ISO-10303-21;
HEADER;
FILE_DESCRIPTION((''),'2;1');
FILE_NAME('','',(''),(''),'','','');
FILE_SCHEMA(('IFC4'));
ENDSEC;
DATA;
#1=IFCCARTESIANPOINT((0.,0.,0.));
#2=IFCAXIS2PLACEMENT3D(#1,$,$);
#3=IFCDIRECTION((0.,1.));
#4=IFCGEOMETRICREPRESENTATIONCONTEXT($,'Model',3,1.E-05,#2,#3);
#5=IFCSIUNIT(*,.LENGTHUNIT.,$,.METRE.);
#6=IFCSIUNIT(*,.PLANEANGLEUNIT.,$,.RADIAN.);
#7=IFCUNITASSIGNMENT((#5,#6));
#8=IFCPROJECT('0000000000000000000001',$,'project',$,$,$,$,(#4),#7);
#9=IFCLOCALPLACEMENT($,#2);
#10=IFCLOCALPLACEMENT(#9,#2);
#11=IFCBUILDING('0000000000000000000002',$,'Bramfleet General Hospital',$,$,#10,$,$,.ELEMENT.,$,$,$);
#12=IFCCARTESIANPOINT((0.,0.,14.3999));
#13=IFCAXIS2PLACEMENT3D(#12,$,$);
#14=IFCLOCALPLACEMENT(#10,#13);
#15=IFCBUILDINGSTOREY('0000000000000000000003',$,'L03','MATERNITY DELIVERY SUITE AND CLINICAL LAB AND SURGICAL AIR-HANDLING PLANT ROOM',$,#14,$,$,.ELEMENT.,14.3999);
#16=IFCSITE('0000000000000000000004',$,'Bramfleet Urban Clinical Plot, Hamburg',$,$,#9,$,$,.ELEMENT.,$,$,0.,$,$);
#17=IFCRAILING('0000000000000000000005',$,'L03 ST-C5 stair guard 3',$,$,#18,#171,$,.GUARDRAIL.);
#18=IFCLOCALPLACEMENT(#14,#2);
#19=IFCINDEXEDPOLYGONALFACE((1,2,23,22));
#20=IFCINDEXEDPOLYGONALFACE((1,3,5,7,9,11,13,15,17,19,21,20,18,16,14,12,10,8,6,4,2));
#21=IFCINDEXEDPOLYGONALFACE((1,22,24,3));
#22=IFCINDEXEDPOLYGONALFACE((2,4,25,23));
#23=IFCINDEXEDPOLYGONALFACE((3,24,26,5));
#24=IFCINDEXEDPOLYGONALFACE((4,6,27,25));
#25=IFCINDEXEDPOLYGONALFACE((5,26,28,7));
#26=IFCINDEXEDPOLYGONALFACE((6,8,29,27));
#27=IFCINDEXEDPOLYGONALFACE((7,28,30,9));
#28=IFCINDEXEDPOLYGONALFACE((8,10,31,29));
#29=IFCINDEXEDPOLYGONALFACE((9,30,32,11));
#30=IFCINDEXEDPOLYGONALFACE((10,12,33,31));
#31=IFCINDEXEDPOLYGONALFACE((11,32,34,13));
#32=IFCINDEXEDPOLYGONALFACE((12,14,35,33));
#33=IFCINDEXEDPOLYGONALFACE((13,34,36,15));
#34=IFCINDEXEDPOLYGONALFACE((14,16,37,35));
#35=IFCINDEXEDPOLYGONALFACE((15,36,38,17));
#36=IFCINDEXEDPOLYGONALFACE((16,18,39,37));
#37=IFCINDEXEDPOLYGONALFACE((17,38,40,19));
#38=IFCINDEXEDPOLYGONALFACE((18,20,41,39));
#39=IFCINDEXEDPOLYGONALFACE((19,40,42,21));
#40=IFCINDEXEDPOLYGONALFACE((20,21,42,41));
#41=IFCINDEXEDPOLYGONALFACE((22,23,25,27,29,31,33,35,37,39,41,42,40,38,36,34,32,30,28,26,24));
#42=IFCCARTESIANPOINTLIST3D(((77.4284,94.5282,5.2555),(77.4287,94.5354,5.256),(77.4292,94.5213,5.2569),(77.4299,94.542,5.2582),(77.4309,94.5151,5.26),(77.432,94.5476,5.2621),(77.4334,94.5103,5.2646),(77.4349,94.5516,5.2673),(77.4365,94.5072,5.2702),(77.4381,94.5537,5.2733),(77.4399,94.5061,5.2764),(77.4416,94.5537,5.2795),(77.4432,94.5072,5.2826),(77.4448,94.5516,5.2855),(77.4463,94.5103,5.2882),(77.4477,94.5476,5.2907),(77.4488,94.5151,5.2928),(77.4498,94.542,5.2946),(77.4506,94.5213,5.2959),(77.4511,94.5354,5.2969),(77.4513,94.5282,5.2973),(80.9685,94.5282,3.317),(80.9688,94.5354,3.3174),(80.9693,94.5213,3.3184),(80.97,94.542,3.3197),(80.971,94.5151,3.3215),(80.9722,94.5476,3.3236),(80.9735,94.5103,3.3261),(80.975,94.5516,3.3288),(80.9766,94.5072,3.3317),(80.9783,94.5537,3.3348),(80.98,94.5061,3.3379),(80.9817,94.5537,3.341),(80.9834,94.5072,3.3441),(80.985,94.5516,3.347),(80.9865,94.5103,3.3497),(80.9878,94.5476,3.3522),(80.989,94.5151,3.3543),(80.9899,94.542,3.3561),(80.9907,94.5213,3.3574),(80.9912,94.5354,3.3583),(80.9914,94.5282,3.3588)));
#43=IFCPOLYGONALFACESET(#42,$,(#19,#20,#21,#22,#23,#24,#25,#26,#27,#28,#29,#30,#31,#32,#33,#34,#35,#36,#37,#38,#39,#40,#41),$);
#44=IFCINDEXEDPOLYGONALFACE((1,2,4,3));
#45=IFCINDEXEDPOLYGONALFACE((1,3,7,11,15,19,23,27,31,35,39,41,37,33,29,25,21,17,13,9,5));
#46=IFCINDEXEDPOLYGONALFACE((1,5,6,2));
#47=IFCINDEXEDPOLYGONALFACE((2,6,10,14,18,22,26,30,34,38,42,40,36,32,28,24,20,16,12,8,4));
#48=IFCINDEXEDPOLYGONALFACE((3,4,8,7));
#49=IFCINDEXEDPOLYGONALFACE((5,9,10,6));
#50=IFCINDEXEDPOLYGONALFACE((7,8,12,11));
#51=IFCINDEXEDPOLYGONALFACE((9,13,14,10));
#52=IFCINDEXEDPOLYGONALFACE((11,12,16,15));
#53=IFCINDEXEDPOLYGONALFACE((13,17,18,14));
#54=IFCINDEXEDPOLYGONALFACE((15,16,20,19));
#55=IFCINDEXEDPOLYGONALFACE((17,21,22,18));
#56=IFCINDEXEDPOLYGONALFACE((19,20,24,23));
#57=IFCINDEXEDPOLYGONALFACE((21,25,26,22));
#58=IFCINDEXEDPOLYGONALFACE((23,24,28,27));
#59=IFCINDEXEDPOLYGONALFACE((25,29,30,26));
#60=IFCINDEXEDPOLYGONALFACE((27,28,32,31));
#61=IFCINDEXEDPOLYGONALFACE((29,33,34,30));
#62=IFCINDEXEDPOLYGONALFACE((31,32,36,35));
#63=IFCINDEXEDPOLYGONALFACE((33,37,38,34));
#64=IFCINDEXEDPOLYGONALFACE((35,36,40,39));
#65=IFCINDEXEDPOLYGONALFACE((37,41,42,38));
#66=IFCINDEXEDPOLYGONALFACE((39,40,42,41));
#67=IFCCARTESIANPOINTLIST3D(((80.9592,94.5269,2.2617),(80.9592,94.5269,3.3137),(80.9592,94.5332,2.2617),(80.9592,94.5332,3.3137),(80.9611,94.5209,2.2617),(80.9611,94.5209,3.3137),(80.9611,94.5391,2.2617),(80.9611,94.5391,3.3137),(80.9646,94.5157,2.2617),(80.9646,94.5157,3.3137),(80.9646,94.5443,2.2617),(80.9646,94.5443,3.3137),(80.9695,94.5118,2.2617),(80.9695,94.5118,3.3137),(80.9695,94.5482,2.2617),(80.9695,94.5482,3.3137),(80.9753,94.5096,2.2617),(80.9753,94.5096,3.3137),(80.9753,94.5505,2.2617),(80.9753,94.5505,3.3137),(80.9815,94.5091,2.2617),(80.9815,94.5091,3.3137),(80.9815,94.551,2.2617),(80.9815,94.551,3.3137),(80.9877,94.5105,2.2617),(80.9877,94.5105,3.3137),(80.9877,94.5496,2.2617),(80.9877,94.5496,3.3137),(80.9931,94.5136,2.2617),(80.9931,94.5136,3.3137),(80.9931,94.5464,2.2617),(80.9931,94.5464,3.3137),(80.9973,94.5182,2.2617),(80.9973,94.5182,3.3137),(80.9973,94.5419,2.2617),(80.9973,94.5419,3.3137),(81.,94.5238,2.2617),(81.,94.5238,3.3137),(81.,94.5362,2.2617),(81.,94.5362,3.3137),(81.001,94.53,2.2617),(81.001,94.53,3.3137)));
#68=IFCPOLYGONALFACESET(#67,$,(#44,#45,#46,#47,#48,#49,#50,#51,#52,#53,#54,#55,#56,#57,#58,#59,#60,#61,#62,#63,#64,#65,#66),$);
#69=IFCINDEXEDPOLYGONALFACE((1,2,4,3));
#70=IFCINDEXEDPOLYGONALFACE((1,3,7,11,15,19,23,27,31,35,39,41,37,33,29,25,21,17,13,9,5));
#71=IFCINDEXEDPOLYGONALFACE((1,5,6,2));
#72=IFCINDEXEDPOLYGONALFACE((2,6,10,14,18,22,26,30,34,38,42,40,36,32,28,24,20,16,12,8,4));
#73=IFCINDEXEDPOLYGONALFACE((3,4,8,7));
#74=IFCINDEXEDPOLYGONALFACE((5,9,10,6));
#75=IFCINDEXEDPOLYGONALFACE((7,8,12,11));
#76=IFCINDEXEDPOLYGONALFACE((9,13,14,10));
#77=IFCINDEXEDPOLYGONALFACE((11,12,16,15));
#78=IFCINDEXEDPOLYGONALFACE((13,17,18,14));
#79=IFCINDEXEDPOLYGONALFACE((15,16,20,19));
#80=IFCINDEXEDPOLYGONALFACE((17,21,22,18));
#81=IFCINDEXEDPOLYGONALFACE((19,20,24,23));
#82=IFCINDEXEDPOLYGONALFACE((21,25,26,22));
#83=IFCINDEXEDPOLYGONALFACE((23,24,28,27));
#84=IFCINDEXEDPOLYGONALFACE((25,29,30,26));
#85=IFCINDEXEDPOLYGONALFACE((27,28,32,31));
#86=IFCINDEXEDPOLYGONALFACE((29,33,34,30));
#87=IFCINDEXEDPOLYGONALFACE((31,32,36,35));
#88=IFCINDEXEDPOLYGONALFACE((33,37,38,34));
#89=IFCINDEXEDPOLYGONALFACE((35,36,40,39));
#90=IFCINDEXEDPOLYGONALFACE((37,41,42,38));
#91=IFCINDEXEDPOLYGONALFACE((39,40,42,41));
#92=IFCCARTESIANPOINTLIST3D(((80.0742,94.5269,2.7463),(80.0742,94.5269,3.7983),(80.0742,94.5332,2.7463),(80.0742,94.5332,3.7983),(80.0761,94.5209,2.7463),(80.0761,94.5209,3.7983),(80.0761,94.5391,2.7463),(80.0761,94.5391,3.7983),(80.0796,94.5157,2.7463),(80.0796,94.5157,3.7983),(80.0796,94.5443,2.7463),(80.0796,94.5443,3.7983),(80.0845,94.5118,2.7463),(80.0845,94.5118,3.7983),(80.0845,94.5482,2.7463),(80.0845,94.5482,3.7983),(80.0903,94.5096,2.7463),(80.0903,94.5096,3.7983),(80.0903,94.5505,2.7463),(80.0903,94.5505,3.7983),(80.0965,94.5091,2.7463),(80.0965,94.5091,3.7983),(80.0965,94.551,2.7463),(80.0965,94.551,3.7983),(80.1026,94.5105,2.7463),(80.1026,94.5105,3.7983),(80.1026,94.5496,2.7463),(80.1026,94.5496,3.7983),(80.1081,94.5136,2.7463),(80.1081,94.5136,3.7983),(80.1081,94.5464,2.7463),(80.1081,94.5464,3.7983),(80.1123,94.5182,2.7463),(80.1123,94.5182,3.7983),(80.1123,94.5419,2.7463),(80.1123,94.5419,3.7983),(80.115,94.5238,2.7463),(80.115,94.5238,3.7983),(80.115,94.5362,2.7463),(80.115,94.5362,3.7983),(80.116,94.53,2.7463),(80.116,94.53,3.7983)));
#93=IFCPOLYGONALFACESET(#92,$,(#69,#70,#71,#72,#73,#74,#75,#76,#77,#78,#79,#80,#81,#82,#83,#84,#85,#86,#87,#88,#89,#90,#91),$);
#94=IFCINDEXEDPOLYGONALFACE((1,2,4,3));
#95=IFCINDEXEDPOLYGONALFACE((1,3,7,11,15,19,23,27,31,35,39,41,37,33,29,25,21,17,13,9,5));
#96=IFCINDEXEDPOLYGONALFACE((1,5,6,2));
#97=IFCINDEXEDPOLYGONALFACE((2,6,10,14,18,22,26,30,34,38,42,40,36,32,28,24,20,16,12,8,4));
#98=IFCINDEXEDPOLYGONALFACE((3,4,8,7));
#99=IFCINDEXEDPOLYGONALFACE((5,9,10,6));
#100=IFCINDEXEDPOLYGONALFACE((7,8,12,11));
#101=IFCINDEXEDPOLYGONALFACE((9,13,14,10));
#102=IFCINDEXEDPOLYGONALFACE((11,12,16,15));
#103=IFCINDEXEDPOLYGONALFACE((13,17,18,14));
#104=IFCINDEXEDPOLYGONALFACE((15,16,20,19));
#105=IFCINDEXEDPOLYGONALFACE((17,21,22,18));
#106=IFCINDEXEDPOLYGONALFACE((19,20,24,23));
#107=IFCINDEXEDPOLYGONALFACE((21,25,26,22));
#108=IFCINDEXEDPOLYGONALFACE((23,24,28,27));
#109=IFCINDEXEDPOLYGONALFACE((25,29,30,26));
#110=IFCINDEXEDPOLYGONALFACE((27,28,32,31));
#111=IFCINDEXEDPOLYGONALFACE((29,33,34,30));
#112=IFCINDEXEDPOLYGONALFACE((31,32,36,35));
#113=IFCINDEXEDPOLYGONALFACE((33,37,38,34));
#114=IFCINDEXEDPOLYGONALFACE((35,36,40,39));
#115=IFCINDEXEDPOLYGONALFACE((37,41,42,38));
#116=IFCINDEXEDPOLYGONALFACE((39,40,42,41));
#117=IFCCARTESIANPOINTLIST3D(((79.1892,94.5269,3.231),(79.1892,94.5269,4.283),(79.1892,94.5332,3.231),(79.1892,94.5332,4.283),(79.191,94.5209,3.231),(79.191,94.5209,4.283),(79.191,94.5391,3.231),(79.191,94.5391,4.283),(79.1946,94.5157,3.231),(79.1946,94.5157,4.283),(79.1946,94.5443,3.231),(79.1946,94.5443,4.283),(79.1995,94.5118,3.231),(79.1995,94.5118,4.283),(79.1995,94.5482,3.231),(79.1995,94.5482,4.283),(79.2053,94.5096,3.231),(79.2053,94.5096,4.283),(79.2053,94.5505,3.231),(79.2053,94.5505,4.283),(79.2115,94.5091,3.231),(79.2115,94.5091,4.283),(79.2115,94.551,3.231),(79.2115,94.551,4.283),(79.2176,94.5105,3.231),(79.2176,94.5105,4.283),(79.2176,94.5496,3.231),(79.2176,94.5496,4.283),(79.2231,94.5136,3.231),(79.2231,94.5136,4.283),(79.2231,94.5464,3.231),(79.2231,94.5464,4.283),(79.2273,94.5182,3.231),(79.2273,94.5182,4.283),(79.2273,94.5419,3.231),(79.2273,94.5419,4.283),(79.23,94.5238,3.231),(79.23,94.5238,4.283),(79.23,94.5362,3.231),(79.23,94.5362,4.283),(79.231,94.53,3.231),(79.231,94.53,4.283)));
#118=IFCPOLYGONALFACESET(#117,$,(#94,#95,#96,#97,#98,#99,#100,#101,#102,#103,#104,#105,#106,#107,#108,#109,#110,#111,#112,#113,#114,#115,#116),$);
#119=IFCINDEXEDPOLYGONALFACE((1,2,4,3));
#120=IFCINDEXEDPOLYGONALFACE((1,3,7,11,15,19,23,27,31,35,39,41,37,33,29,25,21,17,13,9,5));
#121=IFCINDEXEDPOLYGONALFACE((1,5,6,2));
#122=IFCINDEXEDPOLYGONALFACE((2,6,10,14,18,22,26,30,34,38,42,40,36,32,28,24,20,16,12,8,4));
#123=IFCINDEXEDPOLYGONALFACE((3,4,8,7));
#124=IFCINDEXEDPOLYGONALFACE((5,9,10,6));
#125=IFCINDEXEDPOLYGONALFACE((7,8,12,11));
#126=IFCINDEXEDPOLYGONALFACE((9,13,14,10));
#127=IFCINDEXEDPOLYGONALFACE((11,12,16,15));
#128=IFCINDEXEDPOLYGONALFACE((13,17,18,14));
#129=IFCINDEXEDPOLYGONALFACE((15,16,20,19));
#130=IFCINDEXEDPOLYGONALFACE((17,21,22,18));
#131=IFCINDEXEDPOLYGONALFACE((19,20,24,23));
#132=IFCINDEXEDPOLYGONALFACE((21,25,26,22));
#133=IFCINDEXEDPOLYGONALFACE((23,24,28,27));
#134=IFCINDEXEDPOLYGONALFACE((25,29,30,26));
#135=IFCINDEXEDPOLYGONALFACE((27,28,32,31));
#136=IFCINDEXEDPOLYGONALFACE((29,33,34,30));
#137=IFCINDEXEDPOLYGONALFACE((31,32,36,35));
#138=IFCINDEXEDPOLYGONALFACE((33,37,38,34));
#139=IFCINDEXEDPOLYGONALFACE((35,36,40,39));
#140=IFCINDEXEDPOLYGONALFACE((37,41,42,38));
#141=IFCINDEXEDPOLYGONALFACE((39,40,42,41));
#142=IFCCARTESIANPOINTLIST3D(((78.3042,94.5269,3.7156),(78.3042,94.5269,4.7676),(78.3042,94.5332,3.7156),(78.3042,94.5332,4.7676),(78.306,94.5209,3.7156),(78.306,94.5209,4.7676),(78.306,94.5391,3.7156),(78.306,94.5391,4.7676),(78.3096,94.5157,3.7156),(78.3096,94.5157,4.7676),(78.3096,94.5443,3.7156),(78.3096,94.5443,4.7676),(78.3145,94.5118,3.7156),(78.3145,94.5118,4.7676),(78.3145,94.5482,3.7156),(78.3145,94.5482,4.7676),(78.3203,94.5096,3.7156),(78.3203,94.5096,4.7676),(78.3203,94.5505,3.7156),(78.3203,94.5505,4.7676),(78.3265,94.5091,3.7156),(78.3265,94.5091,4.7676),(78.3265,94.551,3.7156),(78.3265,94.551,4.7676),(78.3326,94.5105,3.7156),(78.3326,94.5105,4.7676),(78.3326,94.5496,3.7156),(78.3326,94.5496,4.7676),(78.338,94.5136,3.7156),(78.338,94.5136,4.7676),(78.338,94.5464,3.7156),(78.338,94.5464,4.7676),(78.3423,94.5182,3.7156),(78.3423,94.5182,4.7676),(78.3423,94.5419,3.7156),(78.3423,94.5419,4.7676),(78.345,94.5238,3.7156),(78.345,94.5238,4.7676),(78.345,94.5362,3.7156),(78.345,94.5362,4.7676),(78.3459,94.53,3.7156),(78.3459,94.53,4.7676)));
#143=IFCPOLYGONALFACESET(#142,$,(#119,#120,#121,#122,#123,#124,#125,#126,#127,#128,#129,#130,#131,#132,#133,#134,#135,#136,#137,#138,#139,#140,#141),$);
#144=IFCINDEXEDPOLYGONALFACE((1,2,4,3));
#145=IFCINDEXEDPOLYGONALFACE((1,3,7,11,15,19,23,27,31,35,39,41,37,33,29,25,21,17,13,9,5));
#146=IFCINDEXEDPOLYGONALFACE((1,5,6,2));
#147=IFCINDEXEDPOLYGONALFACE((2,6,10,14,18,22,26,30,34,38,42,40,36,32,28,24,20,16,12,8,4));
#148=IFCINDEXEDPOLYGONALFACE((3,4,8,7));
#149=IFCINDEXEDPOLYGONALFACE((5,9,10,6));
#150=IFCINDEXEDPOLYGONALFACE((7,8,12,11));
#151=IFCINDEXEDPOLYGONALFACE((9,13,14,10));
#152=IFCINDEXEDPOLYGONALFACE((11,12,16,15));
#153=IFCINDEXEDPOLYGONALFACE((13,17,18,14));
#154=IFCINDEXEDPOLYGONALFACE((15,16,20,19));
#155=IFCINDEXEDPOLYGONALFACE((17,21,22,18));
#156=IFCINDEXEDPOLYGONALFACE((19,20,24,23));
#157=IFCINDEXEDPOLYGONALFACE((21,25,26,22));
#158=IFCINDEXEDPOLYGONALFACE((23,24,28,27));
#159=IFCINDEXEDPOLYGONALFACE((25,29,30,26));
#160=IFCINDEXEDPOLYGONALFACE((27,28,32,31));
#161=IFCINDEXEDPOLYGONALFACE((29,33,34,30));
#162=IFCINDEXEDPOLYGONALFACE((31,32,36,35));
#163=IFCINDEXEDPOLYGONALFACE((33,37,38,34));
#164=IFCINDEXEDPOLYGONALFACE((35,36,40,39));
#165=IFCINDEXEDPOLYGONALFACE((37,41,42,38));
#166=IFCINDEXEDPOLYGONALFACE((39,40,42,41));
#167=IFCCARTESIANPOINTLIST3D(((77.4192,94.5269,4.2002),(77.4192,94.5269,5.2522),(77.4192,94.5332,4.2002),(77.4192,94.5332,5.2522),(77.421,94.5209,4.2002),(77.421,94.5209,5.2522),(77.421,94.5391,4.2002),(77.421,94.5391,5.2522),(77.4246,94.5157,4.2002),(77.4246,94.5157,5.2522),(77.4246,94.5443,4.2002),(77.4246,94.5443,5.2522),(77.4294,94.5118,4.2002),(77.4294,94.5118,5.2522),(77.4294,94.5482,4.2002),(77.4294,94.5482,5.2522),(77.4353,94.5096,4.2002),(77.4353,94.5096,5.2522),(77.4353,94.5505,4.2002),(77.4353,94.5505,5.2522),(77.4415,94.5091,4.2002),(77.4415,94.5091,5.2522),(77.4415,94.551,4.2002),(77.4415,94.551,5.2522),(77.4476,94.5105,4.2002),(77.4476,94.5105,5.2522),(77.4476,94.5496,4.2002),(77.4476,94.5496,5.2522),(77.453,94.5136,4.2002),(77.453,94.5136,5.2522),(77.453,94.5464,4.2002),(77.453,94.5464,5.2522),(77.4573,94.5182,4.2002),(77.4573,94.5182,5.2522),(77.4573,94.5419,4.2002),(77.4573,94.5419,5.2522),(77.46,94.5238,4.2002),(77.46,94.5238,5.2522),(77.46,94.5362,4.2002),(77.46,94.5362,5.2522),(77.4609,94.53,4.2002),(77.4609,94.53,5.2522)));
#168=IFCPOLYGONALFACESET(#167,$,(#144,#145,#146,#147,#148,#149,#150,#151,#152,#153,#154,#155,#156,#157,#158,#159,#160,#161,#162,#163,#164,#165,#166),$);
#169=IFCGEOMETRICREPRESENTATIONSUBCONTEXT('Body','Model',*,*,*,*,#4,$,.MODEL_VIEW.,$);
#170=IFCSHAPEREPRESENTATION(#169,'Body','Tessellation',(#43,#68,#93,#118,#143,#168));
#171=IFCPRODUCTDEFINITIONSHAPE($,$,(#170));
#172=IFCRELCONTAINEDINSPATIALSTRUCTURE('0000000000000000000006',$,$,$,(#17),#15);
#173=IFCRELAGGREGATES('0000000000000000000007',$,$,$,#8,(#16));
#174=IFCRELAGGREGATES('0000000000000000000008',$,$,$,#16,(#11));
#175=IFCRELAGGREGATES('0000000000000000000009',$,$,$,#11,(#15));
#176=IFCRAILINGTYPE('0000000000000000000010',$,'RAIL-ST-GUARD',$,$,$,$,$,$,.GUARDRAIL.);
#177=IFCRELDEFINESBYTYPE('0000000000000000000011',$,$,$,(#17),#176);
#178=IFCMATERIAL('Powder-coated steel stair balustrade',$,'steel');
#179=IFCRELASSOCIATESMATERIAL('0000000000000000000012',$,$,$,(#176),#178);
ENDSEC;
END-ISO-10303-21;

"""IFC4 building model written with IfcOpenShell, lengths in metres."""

from ifc_helpers import new_model, si_unit, direction, frame, origin, origin_2d, place, context, subcontext, project, spatial, circle, extrude, material, type_object, element, save


model = new_model("IFC4")

# Units and contexts
model_context = context("Model", 3, precision=1e-05, world=origin(), true_north=direction((0.0, 1.0)))
body_context = subcontext(model_context, "Body", "Model", "MODEL_VIEW")
ifc_project = project(units=[si_unit("LENGTHUNIT", "METRE"), si_unit("PLANEANGLEUNIT", "RADIAN")], contexts=[model_context])

# Site, building, storey
site_placement = place(None, origin())
site = spatial("IfcSite", under=ifc_project, at=site_placement, Name="Bramfleet Urban Clinical Plot, Hamburg", CompositionType="ELEMENT", RefElevation=0.0)
building_placement = place(site_placement, origin())
building = spatial("IfcBuilding", under=site, at=building_placement, Name="Bramfleet General Hospital", CompositionType="ELEMENT")
storey_placement = place(building_placement, frame((0.0, 0.0, 14.3999)))
storey = spatial("IfcBuildingStorey", under=building, at=storey_placement, Name="L03", Description="MATERNITY DELIVERY SUITE AND CLINICAL LAB AND SURGICAL AIR-HANDLING PLANT ROOM", CompositionType="ELEMENT", Elevation=14.3999)

# Railing
ifc_material_1 = material(Name="Powder-coated steel stair balustrade", Category="steel")
railing_type_1 = type_object("IfcRailingType", Name="RAIL-ST-GUARD", PredefinedType="GUARDRAIL", material=ifc_material_1)
railing_1_placement = place(storey_placement, frame((80.98, 94.53, 2.2617)))
element("IfcRailing", 1, at=railing_1_placement, inside=storey, type_object=railing_type_1, Name="L03 ST-C5 stair guard 3", PredefinedType="GUARDRAIL", context=body_context, shape_type="SweptSolid", body=[
    extrude(circle(Radius=0.0239, at=origin_2d()), frame((0.0, 0.0, 1.0762), z_axis=(-0.877108, 0.0, 0.480292), x_axis=(0.0, -1.0, 0.0)), (0.0, 0.0, 1.0), 4.0361),
    extrude(circle(Radius=0.021, at=origin_2d()), origin(), (0.0, 0.0, 1.0), 1.052),
    extrude(circle(Radius=0.021, at=origin_2d()), frame((-0.885, 0.0, 0.4846)), (0.0, 0.0, 1.0), 1.052),
    extrude(circle(Radius=0.021, at=origin_2d()), frame((-1.77, 0.0, 0.9692)), (0.0, 0.0, 1.0), 1.052),
    extrude(circle(Radius=0.021, at=origin_2d()), frame((-2.655, 0.0, 1.4539)), (0.0, 0.0, 1.0), 1.052),
    extrude(circle(Radius=0.021, at=origin_2d()), frame((-3.54, 0.0, 1.9385)), (0.0, 0.0, 1.0), 1.052),
])

save(model, "model.ifc")
